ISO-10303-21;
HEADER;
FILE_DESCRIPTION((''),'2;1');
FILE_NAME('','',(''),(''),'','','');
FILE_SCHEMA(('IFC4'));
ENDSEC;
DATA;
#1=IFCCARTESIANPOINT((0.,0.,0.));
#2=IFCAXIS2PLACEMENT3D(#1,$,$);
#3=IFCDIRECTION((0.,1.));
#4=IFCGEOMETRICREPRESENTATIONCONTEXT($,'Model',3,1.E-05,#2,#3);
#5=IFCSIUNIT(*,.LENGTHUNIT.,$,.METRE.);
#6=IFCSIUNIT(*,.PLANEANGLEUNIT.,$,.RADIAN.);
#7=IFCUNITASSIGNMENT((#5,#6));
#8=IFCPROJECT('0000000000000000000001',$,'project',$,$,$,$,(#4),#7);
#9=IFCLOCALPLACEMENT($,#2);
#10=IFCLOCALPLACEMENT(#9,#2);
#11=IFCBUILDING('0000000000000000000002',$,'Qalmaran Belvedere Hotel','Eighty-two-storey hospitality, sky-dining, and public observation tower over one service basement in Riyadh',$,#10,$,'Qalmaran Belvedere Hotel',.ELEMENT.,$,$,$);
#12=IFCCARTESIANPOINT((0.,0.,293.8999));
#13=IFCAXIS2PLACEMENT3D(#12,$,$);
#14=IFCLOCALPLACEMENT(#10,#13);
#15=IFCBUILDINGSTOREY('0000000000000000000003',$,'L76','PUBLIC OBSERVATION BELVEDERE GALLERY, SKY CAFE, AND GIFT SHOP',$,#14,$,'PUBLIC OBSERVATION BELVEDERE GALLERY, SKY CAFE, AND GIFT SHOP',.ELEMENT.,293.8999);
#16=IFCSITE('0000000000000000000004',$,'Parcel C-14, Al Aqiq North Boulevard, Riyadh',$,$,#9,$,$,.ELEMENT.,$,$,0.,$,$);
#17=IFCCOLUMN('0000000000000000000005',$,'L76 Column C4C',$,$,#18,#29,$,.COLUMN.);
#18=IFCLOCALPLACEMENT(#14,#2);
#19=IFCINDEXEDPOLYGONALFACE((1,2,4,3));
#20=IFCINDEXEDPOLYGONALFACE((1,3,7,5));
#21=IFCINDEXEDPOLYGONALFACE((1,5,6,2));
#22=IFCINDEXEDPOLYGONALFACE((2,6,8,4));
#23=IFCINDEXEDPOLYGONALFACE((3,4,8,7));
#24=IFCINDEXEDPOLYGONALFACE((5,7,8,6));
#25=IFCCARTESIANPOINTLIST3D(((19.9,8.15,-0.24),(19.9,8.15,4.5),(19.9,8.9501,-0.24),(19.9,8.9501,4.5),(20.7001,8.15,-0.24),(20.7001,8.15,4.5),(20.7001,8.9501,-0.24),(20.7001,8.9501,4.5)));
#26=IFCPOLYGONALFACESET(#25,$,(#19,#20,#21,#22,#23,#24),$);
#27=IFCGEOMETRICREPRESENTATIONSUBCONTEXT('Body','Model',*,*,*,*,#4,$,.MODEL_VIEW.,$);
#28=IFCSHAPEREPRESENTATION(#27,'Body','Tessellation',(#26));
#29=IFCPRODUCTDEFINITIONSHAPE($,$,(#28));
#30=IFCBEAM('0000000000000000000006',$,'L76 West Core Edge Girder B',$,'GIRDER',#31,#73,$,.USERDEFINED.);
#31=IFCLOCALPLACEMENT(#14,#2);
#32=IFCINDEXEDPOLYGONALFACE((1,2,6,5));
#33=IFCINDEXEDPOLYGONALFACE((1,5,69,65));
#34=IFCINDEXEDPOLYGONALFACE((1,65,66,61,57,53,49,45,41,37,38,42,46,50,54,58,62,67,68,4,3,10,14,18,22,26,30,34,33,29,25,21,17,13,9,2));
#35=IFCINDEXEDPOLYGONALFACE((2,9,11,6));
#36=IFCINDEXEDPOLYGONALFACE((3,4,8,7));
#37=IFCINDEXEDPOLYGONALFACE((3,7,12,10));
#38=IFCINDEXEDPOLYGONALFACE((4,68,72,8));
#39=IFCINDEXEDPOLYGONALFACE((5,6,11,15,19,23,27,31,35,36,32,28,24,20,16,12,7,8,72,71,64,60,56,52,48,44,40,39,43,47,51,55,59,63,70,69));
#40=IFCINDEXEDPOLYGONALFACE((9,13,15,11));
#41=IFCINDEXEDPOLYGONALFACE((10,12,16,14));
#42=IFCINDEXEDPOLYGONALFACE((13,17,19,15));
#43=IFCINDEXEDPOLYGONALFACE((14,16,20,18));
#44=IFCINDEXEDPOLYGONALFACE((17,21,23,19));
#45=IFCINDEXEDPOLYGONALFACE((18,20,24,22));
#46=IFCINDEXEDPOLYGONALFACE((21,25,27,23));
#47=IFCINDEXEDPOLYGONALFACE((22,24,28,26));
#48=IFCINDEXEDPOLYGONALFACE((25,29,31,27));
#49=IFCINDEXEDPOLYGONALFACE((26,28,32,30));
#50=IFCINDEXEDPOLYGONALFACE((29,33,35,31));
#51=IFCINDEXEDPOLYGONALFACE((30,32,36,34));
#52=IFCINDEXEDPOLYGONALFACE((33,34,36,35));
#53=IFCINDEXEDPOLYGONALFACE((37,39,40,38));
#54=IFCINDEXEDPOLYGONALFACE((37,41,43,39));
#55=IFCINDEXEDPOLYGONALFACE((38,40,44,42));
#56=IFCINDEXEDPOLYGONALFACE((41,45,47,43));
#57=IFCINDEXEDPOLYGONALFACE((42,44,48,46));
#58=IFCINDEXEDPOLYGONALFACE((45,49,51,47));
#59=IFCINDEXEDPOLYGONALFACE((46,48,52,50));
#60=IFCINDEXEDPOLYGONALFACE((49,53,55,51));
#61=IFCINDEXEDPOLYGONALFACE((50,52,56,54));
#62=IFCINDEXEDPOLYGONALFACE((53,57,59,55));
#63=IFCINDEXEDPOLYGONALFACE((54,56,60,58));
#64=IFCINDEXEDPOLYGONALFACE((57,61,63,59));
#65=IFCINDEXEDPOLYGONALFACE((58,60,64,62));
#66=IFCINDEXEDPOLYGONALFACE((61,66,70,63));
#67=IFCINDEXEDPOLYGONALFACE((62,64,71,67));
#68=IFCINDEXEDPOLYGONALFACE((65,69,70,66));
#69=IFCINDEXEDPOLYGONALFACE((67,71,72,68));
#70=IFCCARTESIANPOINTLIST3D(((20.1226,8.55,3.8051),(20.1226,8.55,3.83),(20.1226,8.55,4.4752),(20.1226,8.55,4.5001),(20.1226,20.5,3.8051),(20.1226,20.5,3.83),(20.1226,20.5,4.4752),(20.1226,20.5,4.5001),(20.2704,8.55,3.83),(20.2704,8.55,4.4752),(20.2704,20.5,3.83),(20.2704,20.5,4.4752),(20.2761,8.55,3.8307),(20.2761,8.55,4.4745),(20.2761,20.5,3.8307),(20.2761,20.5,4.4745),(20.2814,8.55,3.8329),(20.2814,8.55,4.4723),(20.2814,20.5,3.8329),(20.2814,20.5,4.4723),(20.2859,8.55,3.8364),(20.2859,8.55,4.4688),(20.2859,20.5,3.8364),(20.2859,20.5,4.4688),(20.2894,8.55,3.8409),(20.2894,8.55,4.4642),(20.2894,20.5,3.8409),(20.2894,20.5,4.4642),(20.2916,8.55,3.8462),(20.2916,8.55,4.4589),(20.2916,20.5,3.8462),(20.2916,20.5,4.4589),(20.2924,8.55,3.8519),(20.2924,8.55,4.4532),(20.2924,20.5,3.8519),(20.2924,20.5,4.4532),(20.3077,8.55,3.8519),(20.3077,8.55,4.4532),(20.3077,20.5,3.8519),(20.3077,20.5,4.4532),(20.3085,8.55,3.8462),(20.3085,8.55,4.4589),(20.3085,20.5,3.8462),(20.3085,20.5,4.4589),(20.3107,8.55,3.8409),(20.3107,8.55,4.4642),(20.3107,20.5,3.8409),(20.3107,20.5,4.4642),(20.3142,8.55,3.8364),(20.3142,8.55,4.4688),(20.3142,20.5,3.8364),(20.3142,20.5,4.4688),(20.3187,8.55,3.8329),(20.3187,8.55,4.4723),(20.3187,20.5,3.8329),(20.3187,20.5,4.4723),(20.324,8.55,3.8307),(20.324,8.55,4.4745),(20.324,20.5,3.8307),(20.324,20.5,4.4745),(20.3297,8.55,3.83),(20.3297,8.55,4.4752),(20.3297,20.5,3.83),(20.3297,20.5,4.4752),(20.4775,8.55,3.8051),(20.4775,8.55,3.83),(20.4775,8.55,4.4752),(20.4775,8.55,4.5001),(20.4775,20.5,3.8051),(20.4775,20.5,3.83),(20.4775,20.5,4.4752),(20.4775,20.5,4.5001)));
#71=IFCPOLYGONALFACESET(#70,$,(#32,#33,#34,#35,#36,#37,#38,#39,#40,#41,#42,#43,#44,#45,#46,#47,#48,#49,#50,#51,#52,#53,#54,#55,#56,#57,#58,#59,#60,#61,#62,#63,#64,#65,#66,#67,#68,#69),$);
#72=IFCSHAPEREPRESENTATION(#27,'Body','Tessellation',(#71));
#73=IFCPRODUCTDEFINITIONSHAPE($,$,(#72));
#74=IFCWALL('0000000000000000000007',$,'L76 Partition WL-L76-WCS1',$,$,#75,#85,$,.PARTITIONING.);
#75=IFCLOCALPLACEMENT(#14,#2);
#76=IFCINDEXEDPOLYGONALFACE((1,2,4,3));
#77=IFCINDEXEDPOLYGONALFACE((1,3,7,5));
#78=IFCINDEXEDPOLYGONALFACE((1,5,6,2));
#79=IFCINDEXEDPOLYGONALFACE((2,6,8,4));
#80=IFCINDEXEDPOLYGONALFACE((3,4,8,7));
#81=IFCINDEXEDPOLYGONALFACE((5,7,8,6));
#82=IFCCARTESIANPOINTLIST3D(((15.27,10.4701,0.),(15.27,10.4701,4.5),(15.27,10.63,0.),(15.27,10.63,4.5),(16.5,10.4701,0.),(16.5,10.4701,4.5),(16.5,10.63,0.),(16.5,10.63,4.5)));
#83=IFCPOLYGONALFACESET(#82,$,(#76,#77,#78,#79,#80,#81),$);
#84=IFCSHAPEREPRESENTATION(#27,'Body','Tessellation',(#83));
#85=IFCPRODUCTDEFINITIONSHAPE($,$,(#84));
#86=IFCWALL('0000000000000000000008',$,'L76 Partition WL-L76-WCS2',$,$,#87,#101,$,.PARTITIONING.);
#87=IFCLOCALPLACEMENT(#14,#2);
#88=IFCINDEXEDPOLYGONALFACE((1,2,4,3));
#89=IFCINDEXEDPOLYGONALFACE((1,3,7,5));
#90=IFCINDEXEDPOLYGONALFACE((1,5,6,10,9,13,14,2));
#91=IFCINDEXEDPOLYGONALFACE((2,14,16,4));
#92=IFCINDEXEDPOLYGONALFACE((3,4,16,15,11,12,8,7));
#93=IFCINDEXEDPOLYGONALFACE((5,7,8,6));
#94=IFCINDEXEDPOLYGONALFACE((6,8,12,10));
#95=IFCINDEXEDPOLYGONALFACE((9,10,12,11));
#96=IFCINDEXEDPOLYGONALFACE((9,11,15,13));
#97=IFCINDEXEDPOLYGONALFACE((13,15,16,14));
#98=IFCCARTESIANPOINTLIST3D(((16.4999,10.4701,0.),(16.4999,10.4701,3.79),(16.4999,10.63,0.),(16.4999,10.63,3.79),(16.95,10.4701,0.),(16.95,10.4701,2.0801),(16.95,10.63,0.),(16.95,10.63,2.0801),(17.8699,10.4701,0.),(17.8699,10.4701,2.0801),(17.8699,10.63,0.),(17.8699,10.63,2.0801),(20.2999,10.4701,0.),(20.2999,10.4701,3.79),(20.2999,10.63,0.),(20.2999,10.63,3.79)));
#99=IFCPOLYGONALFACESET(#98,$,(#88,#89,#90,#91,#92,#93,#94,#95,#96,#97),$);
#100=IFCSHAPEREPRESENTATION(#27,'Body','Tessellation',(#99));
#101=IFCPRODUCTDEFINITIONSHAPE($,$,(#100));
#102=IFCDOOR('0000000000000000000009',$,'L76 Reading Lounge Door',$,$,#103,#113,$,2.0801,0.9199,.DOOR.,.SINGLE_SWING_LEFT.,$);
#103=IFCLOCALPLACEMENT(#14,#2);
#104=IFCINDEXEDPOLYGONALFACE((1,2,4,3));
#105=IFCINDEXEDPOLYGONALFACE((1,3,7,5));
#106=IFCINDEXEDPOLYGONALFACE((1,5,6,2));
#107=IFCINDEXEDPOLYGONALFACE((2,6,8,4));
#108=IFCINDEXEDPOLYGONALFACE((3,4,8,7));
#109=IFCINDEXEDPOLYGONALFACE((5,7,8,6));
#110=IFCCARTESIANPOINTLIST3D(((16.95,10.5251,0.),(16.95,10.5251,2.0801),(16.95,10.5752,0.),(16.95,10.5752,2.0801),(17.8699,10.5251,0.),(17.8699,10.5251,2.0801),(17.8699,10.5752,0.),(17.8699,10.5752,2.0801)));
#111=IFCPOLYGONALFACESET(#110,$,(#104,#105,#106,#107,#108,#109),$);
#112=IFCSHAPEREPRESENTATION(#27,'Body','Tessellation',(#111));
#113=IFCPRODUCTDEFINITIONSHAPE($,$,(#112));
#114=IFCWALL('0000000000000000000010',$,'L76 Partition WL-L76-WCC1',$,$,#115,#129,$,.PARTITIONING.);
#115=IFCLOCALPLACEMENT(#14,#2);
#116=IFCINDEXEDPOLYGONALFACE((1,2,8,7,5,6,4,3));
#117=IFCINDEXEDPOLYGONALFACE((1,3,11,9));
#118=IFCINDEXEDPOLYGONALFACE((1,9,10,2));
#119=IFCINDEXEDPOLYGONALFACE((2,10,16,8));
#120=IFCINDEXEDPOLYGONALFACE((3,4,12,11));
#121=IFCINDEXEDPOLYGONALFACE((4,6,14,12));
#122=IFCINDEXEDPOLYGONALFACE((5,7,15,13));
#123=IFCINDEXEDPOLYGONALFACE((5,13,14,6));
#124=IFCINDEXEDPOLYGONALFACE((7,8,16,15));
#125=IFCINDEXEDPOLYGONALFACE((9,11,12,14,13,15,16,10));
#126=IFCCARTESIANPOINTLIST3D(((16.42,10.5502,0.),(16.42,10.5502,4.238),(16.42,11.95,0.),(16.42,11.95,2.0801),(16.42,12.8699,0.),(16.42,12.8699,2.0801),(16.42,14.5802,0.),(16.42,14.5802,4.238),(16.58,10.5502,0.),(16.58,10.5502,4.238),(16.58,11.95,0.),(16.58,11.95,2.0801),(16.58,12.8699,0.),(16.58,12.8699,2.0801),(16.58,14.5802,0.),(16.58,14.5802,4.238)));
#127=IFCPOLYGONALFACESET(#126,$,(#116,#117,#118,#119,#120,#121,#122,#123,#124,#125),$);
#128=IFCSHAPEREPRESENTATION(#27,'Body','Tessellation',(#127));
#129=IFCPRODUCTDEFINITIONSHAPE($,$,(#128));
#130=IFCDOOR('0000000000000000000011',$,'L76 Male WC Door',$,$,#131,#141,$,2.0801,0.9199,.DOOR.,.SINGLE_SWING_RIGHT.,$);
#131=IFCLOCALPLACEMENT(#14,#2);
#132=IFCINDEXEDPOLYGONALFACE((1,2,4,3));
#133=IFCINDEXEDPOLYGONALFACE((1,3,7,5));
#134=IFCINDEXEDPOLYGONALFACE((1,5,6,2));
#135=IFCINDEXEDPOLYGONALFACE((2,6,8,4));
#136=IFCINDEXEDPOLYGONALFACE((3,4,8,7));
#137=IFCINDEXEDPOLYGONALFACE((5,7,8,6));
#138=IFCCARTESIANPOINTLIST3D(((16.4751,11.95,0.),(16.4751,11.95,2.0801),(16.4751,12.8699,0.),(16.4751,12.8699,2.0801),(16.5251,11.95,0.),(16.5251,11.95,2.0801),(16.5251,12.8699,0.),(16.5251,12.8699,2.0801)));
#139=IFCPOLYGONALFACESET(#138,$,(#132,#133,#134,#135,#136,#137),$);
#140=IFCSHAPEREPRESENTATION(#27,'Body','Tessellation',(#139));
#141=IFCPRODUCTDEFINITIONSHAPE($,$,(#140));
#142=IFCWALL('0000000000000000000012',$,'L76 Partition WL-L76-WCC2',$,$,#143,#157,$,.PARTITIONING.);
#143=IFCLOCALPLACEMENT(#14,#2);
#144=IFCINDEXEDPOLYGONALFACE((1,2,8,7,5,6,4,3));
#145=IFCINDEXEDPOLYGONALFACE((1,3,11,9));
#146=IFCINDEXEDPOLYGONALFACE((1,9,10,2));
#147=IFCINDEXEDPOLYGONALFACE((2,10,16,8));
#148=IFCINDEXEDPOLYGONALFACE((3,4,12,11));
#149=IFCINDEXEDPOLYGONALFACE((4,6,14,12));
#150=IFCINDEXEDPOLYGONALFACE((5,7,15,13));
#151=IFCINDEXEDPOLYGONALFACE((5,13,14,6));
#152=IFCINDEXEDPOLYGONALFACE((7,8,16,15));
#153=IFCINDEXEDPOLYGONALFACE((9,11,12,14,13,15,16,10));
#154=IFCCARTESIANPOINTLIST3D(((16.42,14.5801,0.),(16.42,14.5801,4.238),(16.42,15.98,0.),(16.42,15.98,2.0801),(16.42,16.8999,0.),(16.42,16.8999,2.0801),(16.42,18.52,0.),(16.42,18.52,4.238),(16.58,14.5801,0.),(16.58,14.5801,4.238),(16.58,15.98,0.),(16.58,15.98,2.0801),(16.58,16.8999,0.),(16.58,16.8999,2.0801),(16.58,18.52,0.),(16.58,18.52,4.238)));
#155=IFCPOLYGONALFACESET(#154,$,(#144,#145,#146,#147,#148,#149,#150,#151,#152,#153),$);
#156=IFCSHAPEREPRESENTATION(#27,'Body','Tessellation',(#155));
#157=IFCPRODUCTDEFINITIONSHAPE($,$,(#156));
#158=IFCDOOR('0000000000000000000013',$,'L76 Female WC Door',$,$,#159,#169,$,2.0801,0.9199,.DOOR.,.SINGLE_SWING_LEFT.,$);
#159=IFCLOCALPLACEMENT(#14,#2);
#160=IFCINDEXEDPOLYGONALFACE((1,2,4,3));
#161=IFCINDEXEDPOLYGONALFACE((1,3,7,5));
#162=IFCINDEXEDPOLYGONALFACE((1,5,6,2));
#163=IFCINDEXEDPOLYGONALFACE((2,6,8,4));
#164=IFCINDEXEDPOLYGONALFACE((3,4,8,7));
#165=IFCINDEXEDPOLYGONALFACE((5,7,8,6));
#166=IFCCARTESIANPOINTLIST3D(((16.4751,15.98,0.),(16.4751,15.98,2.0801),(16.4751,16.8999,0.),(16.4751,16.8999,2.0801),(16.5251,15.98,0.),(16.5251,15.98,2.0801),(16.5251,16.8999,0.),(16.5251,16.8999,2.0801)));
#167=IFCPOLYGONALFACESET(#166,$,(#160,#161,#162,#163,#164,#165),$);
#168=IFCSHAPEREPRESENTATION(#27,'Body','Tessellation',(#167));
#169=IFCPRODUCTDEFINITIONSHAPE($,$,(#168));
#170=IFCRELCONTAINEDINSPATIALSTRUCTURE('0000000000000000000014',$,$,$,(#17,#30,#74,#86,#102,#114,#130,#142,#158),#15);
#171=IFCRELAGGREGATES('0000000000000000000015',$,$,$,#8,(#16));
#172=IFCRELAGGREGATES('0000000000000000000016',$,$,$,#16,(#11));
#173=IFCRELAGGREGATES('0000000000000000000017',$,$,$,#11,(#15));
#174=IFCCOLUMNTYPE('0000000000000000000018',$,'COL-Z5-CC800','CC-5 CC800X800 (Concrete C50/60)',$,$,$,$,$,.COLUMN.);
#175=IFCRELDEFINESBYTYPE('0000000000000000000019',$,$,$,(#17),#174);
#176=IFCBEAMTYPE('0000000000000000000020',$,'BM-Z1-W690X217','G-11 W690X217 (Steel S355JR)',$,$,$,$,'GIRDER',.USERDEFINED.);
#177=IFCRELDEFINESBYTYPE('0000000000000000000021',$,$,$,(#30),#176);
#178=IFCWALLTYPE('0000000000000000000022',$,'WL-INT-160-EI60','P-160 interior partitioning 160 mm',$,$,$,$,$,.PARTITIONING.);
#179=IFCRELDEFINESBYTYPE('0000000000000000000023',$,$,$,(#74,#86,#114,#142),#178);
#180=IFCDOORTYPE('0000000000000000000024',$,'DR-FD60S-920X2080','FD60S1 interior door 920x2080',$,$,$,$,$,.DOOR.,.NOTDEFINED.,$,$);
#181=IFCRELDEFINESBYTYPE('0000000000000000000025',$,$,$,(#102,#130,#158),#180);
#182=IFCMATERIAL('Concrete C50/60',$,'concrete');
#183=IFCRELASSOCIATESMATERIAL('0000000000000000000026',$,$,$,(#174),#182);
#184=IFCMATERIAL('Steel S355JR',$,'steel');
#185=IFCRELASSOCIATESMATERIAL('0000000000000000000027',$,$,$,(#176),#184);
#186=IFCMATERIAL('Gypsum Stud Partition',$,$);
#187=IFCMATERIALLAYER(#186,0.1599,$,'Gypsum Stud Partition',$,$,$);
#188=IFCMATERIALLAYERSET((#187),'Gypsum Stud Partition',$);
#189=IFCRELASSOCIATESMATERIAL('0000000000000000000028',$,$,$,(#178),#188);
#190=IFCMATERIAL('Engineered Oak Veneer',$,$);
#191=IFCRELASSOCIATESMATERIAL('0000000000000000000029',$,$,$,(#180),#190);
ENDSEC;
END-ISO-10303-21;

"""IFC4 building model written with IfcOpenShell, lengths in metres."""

from ifc_helpers import new_model, si_unit, direction, frame, frame_2d, origin, origin_2d, place, context, subcontext, project, spatial, rectangle, i_section, extrude, material, layer, layer_set, material_profile, profile_set, type_object, element, fill, save


model = new_model("IFC4")

# Units and contexts
model_context = context("Model", 3, precision=1e-05, world=origin(), true_north=direction((0.0, 1.0)))
body_context = subcontext(model_context, "Body", "Model", "MODEL_VIEW")
ifc_project = project(units=[si_unit("LENGTHUNIT", "METRE"), si_unit("PLANEANGLEUNIT", "RADIAN")], contexts=[model_context])

# Site, building, storey
site_placement = place(None, origin())
site = spatial("IfcSite", under=ifc_project, at=site_placement, Name="Parcel C-14, Al Aqiq North Boulevard, Riyadh", CompositionType="ELEMENT", RefElevation=0.0)
building_placement = place(site_placement, origin())
building = spatial("IfcBuilding", under=site, at=building_placement, Name="Qalmaran Belvedere Hotel", Description="Eighty-two-storey hospitality, sky-dining, and public observation tower over one service basement in Riyadh", LongName="Qalmaran Belvedere Hotel", CompositionType="ELEMENT")
storey_placement = place(building_placement, frame((0.0, 0.0, 293.8999)))
storey = spatial("IfcBuildingStorey", under=building, at=storey_placement, Name="L76", Description="PUBLIC OBSERVATION BELVEDERE GALLERY, SKY CAFE, AND GIFT SHOP", LongName="PUBLIC OBSERVATION BELVEDERE GALLERY, SKY CAFE, AND GIFT SHOP", CompositionType="ELEMENT", Elevation=293.8999)

# Column
ifc_material_1 = material(Name="Concrete C50/60", Category="concrete")
ifc_material_profile_1 = material_profile(ifc_material_1, rectangle(XDim=0.8, YDim=0.8, at=origin_2d()), Name="CC800X800")
ifc_profile_set_1 = profile_set([ifc_material_profile_1], Name="Concrete C50/60")
column_type = type_object("IfcColumnType", Name="COL-Z5-CC800", Description="CC-5 CC800X800 (Concrete C50/60)", PredefinedType="COLUMN", material=ifc_profile_set_1)
column_placement = place(storey_placement, frame((20.3, 8.55, -0.24), z_axis=(0.0, 0.0, 1.0), x_axis=(1.0, 0.0, 0.0)))
element("IfcColumn", 1, at=column_placement, inside=storey, type_object=column_type, Name="L76 Column C4C", PredefinedType="COLUMN", context=body_context, shape_type="SweptSolid", body=[
    extrude(rectangle(XDim=0.8, YDim=0.8, at=origin_2d()), origin(), (0.0, 0.0, 1.0), 4.74),
])

# Beam
ifc_material_2 = material(Name="Steel S355JR", Category="steel")
ifc_material_profile_2 = material_profile(ifc_material_2, i_section(OverallWidth=0.355, OverallDepth=0.6951, WebThickness=0.0154, FlangeThickness=0.0249, FilletRadius=0.022, at=origin_2d()), Name="W690X217")
ifc_profile_set_2 = profile_set([ifc_material_profile_2], Name="Steel S355JR")
beam_type = type_object("IfcBeamType", Name="BM-Z1-W690X217", Description="G-11 W690X217 (Steel S355JR)", ElementType="GIRDER", PredefinedType="USERDEFINED", material=ifc_profile_set_2)
beam_placement = place(storey_placement, frame((20.3, 8.55, 4.1526), z_axis=(0.0, 1.0, 0.0), x_axis=(-1.0, 0.0, 0.0)))
element("IfcBeam", 2, at=beam_placement, inside=storey, type_object=beam_type, Name="L76 West Core Edge Girder B", ObjectType="GIRDER", PredefinedType="USERDEFINED", context=body_context, shape_type="SweptSolid", body=[
    extrude(i_section(OverallWidth=0.355, OverallDepth=0.6951, WebThickness=0.0154, FlangeThickness=0.0249, FilletRadius=0.022, at=origin_2d()), origin(), (0.0, 0.0, 1.0), 11.95),
])

# Wall
ifc_material_3 = material(Name="Gypsum Stud Partition")
ifc_layer_1 = layer(ifc_material_3, 0.1599, Name="Gypsum Stud Partition")
ifc_layer_set_1 = layer_set([ifc_layer_1], Name="Gypsum Stud Partition")
wall_type_1 = type_object("IfcWallType", Name="WL-INT-160-EI60", Description="P-160 interior partitioning 160 mm", PredefinedType="PARTITIONING", material=ifc_layer_set_1)
wall_1_placement = place(storey_placement, frame((15.27, 10.55, 0.0), z_axis=(0.0, 0.0, 1.0), x_axis=(1.0, 0.0, 0.0)))
element("IfcWall", 3, at=wall_1_placement, inside=storey, type_object=wall_type_1, Name="L76 Partition WL-L76-WCS1", PredefinedType="PARTITIONING", context=body_context, shape_type="SweptSolid", body=[
    extrude(rectangle(XDim=1.23, YDim=0.1599, at=frame_2d((0.615, 0.0))), origin(), (0.0, 0.0, 1.0), 4.5),
])

# Walls, openings, doors
wall_2_placement = place(storey_placement, frame((16.5, 10.55, 0.0), z_axis=(0.0, 0.0, 1.0), x_axis=(1.0, 0.0, 0.0)))
wall_2 = element("IfcWall", 4, at=wall_2_placement, inside=storey, type_object=wall_type_1, Name="L76 Partition WL-L76-WCS2", PredefinedType="PARTITIONING", context=body_context, shape_type="SweptSolid", body=[
    extrude(rectangle(XDim=3.8, YDim=0.1599, at=frame_2d((1.8999, 0.0))), origin(), (0.0, 0.0, 1.0), 3.79),
])
opening_1_placement = place(wall_2_placement, frame((1.3699, 0.0, 0.0), z_axis=(0.0, 0.0, 1.0), x_axis=(-1.0, 0.0, 0.0)))
opening_1 = element("IfcOpeningElement", 5, at=opening_1_placement, cuts=wall_2, PredefinedType="OPENING", context=body_context, shape_type="SweptSolid", body=[
    extrude(rectangle(XDim=0.9199, YDim=2.0801, at=frame_2d((0.46, 1.04))), frame((0.0, 0.0898, 0.0), z_axis=(0.0, -1.0, 0.0), x_axis=(1.0, 0.0, 0.0)), (0.0, 0.0, 1.0), 0.1799),
])
ifc_material_4 = material(Name="Engineered Oak Veneer")
door_type_1 = type_object("IfcDoorType", Name="DR-FD60S-920X2080", Description="FD60S1 interior door 920x2080", OperationType="NOTDEFINED", PredefinedType="DOOR", material=ifc_material_4)
door_1_placement = place(opening_1_placement, origin())
door_1 = element("IfcDoor", 6, at=door_1_placement, inside=storey, type_object=door_type_1, Name="L76 Reading Lounge Door", OperationType="SINGLE_SWING_LEFT", OverallHeight=2.0801, OverallWidth=0.9199, PredefinedType="DOOR", context=body_context, shape_type="SweptSolid", body=[
    extrude(rectangle(XDim=0.9199, YDim=2.0801, at=frame_2d((0.46, 1.04))), frame((0.0, 0.0249, 0.0), z_axis=(0.0, -1.0, 0.0), x_axis=(1.0, 0.0, 0.0)), (0.0, 0.0, 1.0), 0.05),
])
fill(opening_1, door_1)
wall_3_placement = place(storey_placement, frame((16.5, 10.55, 0.0), z_axis=(0.0, 0.0, 1.0), x_axis=(0.0, 1.0, 0.0)))
wall_3 = element("IfcWall", 7, at=wall_3_placement, inside=storey, type_object=wall_type_1, Name="L76 Partition WL-L76-WCC1", PredefinedType="PARTITIONING", context=body_context, shape_type="SweptSolid", body=[
    extrude(rectangle(XDim=4.03, YDim=0.1599, at=frame_2d((2.0151, 0.0))), origin(), (0.0, 0.0, 1.0), 4.238),
])
opening_2_placement = place(wall_3_placement, frame((1.3999, 0.0, 0.0)))
opening_2 = element("IfcOpeningElement", 8, at=opening_2_placement, cuts=wall_3, PredefinedType="OPENING", context=body_context, shape_type="SweptSolid", body=[
    extrude(rectangle(XDim=0.9199, YDim=2.0801, at=frame_2d((0.46, 1.04))), frame((0.0, 0.0898, 0.0), z_axis=(0.0, -1.0, 0.0), x_axis=(1.0, 0.0, 0.0)), (0.0, 0.0, 1.0), 0.1799),
])
door_2_placement = place(opening_2_placement, origin())
door_2 = element("IfcDoor", 9, at=door_2_placement, inside=storey, type_object=door_type_1, Name="L76 Male WC Door", OperationType="SINGLE_SWING_RIGHT", OverallHeight=2.0801, OverallWidth=0.9199, PredefinedType="DOOR", context=body_context, shape_type="SweptSolid", body=[
    extrude(rectangle(XDim=0.9199, YDim=2.0801, at=frame_2d((0.46, 1.04))), frame((0.0, 0.0249, 0.0), z_axis=(0.0, -1.0, 0.0), x_axis=(1.0, 0.0, 0.0)), (0.0, 0.0, 1.0), 0.05),
])
fill(opening_2, door_2)
wall_4_placement = place(storey_placement, frame((16.5, 14.5801, 0.0), z_axis=(0.0, 0.0, 1.0), x_axis=(0.0, 1.0, 0.0)))
wall_4 = element("IfcWall", 10, at=wall_4_placement, inside=storey, type_object=wall_type_1, Name="L76 Partition WL-L76-WCC2", PredefinedType="PARTITIONING", context=body_context, shape_type="SweptSolid", body=[
    extrude(rectangle(XDim=3.9399, YDim=0.1599, at=frame_2d((1.97, 0.0))), origin(), (0.0, 0.0, 1.0), 4.238),
])
opening_3_placement = place(wall_4_placement, frame((1.3999, 0.0, 0.0)))
opening_3 = element("IfcOpeningElement", 11, at=opening_3_placement, cuts=wall_4, PredefinedType="OPENING", context=body_context, shape_type="SweptSolid", body=[
    extrude(rectangle(XDim=0.9199, YDim=2.0801, at=frame_2d((0.46, 1.04))), frame((0.0, 0.0898, 0.0), z_axis=(0.0, -1.0, 0.0), x_axis=(1.0, 0.0, 0.0)), (0.0, 0.0, 1.0), 0.1799),
])
door_3_placement = place(opening_3_placement, origin())
door_3 = element("IfcDoor", 12, at=door_3_placement, inside=storey, type_object=door_type_1, Name="L76 Female WC Door", OperationType="SINGLE_SWING_LEFT", OverallHeight=2.0801, OverallWidth=0.9199, PredefinedType="DOOR", context=body_context, shape_type="SweptSolid", body=[
    extrude(rectangle(XDim=0.9199, YDim=2.0801, at=frame_2d((0.46, 1.04))), frame((0.0, 0.0249, 0.0), z_axis=(0.0, -1.0, 0.0), x_axis=(1.0, 0.0, 0.0)), (0.0, 0.0, 1.0), 0.05),
])
fill(opening_3, door_3)

save(model, "model.ifc")
